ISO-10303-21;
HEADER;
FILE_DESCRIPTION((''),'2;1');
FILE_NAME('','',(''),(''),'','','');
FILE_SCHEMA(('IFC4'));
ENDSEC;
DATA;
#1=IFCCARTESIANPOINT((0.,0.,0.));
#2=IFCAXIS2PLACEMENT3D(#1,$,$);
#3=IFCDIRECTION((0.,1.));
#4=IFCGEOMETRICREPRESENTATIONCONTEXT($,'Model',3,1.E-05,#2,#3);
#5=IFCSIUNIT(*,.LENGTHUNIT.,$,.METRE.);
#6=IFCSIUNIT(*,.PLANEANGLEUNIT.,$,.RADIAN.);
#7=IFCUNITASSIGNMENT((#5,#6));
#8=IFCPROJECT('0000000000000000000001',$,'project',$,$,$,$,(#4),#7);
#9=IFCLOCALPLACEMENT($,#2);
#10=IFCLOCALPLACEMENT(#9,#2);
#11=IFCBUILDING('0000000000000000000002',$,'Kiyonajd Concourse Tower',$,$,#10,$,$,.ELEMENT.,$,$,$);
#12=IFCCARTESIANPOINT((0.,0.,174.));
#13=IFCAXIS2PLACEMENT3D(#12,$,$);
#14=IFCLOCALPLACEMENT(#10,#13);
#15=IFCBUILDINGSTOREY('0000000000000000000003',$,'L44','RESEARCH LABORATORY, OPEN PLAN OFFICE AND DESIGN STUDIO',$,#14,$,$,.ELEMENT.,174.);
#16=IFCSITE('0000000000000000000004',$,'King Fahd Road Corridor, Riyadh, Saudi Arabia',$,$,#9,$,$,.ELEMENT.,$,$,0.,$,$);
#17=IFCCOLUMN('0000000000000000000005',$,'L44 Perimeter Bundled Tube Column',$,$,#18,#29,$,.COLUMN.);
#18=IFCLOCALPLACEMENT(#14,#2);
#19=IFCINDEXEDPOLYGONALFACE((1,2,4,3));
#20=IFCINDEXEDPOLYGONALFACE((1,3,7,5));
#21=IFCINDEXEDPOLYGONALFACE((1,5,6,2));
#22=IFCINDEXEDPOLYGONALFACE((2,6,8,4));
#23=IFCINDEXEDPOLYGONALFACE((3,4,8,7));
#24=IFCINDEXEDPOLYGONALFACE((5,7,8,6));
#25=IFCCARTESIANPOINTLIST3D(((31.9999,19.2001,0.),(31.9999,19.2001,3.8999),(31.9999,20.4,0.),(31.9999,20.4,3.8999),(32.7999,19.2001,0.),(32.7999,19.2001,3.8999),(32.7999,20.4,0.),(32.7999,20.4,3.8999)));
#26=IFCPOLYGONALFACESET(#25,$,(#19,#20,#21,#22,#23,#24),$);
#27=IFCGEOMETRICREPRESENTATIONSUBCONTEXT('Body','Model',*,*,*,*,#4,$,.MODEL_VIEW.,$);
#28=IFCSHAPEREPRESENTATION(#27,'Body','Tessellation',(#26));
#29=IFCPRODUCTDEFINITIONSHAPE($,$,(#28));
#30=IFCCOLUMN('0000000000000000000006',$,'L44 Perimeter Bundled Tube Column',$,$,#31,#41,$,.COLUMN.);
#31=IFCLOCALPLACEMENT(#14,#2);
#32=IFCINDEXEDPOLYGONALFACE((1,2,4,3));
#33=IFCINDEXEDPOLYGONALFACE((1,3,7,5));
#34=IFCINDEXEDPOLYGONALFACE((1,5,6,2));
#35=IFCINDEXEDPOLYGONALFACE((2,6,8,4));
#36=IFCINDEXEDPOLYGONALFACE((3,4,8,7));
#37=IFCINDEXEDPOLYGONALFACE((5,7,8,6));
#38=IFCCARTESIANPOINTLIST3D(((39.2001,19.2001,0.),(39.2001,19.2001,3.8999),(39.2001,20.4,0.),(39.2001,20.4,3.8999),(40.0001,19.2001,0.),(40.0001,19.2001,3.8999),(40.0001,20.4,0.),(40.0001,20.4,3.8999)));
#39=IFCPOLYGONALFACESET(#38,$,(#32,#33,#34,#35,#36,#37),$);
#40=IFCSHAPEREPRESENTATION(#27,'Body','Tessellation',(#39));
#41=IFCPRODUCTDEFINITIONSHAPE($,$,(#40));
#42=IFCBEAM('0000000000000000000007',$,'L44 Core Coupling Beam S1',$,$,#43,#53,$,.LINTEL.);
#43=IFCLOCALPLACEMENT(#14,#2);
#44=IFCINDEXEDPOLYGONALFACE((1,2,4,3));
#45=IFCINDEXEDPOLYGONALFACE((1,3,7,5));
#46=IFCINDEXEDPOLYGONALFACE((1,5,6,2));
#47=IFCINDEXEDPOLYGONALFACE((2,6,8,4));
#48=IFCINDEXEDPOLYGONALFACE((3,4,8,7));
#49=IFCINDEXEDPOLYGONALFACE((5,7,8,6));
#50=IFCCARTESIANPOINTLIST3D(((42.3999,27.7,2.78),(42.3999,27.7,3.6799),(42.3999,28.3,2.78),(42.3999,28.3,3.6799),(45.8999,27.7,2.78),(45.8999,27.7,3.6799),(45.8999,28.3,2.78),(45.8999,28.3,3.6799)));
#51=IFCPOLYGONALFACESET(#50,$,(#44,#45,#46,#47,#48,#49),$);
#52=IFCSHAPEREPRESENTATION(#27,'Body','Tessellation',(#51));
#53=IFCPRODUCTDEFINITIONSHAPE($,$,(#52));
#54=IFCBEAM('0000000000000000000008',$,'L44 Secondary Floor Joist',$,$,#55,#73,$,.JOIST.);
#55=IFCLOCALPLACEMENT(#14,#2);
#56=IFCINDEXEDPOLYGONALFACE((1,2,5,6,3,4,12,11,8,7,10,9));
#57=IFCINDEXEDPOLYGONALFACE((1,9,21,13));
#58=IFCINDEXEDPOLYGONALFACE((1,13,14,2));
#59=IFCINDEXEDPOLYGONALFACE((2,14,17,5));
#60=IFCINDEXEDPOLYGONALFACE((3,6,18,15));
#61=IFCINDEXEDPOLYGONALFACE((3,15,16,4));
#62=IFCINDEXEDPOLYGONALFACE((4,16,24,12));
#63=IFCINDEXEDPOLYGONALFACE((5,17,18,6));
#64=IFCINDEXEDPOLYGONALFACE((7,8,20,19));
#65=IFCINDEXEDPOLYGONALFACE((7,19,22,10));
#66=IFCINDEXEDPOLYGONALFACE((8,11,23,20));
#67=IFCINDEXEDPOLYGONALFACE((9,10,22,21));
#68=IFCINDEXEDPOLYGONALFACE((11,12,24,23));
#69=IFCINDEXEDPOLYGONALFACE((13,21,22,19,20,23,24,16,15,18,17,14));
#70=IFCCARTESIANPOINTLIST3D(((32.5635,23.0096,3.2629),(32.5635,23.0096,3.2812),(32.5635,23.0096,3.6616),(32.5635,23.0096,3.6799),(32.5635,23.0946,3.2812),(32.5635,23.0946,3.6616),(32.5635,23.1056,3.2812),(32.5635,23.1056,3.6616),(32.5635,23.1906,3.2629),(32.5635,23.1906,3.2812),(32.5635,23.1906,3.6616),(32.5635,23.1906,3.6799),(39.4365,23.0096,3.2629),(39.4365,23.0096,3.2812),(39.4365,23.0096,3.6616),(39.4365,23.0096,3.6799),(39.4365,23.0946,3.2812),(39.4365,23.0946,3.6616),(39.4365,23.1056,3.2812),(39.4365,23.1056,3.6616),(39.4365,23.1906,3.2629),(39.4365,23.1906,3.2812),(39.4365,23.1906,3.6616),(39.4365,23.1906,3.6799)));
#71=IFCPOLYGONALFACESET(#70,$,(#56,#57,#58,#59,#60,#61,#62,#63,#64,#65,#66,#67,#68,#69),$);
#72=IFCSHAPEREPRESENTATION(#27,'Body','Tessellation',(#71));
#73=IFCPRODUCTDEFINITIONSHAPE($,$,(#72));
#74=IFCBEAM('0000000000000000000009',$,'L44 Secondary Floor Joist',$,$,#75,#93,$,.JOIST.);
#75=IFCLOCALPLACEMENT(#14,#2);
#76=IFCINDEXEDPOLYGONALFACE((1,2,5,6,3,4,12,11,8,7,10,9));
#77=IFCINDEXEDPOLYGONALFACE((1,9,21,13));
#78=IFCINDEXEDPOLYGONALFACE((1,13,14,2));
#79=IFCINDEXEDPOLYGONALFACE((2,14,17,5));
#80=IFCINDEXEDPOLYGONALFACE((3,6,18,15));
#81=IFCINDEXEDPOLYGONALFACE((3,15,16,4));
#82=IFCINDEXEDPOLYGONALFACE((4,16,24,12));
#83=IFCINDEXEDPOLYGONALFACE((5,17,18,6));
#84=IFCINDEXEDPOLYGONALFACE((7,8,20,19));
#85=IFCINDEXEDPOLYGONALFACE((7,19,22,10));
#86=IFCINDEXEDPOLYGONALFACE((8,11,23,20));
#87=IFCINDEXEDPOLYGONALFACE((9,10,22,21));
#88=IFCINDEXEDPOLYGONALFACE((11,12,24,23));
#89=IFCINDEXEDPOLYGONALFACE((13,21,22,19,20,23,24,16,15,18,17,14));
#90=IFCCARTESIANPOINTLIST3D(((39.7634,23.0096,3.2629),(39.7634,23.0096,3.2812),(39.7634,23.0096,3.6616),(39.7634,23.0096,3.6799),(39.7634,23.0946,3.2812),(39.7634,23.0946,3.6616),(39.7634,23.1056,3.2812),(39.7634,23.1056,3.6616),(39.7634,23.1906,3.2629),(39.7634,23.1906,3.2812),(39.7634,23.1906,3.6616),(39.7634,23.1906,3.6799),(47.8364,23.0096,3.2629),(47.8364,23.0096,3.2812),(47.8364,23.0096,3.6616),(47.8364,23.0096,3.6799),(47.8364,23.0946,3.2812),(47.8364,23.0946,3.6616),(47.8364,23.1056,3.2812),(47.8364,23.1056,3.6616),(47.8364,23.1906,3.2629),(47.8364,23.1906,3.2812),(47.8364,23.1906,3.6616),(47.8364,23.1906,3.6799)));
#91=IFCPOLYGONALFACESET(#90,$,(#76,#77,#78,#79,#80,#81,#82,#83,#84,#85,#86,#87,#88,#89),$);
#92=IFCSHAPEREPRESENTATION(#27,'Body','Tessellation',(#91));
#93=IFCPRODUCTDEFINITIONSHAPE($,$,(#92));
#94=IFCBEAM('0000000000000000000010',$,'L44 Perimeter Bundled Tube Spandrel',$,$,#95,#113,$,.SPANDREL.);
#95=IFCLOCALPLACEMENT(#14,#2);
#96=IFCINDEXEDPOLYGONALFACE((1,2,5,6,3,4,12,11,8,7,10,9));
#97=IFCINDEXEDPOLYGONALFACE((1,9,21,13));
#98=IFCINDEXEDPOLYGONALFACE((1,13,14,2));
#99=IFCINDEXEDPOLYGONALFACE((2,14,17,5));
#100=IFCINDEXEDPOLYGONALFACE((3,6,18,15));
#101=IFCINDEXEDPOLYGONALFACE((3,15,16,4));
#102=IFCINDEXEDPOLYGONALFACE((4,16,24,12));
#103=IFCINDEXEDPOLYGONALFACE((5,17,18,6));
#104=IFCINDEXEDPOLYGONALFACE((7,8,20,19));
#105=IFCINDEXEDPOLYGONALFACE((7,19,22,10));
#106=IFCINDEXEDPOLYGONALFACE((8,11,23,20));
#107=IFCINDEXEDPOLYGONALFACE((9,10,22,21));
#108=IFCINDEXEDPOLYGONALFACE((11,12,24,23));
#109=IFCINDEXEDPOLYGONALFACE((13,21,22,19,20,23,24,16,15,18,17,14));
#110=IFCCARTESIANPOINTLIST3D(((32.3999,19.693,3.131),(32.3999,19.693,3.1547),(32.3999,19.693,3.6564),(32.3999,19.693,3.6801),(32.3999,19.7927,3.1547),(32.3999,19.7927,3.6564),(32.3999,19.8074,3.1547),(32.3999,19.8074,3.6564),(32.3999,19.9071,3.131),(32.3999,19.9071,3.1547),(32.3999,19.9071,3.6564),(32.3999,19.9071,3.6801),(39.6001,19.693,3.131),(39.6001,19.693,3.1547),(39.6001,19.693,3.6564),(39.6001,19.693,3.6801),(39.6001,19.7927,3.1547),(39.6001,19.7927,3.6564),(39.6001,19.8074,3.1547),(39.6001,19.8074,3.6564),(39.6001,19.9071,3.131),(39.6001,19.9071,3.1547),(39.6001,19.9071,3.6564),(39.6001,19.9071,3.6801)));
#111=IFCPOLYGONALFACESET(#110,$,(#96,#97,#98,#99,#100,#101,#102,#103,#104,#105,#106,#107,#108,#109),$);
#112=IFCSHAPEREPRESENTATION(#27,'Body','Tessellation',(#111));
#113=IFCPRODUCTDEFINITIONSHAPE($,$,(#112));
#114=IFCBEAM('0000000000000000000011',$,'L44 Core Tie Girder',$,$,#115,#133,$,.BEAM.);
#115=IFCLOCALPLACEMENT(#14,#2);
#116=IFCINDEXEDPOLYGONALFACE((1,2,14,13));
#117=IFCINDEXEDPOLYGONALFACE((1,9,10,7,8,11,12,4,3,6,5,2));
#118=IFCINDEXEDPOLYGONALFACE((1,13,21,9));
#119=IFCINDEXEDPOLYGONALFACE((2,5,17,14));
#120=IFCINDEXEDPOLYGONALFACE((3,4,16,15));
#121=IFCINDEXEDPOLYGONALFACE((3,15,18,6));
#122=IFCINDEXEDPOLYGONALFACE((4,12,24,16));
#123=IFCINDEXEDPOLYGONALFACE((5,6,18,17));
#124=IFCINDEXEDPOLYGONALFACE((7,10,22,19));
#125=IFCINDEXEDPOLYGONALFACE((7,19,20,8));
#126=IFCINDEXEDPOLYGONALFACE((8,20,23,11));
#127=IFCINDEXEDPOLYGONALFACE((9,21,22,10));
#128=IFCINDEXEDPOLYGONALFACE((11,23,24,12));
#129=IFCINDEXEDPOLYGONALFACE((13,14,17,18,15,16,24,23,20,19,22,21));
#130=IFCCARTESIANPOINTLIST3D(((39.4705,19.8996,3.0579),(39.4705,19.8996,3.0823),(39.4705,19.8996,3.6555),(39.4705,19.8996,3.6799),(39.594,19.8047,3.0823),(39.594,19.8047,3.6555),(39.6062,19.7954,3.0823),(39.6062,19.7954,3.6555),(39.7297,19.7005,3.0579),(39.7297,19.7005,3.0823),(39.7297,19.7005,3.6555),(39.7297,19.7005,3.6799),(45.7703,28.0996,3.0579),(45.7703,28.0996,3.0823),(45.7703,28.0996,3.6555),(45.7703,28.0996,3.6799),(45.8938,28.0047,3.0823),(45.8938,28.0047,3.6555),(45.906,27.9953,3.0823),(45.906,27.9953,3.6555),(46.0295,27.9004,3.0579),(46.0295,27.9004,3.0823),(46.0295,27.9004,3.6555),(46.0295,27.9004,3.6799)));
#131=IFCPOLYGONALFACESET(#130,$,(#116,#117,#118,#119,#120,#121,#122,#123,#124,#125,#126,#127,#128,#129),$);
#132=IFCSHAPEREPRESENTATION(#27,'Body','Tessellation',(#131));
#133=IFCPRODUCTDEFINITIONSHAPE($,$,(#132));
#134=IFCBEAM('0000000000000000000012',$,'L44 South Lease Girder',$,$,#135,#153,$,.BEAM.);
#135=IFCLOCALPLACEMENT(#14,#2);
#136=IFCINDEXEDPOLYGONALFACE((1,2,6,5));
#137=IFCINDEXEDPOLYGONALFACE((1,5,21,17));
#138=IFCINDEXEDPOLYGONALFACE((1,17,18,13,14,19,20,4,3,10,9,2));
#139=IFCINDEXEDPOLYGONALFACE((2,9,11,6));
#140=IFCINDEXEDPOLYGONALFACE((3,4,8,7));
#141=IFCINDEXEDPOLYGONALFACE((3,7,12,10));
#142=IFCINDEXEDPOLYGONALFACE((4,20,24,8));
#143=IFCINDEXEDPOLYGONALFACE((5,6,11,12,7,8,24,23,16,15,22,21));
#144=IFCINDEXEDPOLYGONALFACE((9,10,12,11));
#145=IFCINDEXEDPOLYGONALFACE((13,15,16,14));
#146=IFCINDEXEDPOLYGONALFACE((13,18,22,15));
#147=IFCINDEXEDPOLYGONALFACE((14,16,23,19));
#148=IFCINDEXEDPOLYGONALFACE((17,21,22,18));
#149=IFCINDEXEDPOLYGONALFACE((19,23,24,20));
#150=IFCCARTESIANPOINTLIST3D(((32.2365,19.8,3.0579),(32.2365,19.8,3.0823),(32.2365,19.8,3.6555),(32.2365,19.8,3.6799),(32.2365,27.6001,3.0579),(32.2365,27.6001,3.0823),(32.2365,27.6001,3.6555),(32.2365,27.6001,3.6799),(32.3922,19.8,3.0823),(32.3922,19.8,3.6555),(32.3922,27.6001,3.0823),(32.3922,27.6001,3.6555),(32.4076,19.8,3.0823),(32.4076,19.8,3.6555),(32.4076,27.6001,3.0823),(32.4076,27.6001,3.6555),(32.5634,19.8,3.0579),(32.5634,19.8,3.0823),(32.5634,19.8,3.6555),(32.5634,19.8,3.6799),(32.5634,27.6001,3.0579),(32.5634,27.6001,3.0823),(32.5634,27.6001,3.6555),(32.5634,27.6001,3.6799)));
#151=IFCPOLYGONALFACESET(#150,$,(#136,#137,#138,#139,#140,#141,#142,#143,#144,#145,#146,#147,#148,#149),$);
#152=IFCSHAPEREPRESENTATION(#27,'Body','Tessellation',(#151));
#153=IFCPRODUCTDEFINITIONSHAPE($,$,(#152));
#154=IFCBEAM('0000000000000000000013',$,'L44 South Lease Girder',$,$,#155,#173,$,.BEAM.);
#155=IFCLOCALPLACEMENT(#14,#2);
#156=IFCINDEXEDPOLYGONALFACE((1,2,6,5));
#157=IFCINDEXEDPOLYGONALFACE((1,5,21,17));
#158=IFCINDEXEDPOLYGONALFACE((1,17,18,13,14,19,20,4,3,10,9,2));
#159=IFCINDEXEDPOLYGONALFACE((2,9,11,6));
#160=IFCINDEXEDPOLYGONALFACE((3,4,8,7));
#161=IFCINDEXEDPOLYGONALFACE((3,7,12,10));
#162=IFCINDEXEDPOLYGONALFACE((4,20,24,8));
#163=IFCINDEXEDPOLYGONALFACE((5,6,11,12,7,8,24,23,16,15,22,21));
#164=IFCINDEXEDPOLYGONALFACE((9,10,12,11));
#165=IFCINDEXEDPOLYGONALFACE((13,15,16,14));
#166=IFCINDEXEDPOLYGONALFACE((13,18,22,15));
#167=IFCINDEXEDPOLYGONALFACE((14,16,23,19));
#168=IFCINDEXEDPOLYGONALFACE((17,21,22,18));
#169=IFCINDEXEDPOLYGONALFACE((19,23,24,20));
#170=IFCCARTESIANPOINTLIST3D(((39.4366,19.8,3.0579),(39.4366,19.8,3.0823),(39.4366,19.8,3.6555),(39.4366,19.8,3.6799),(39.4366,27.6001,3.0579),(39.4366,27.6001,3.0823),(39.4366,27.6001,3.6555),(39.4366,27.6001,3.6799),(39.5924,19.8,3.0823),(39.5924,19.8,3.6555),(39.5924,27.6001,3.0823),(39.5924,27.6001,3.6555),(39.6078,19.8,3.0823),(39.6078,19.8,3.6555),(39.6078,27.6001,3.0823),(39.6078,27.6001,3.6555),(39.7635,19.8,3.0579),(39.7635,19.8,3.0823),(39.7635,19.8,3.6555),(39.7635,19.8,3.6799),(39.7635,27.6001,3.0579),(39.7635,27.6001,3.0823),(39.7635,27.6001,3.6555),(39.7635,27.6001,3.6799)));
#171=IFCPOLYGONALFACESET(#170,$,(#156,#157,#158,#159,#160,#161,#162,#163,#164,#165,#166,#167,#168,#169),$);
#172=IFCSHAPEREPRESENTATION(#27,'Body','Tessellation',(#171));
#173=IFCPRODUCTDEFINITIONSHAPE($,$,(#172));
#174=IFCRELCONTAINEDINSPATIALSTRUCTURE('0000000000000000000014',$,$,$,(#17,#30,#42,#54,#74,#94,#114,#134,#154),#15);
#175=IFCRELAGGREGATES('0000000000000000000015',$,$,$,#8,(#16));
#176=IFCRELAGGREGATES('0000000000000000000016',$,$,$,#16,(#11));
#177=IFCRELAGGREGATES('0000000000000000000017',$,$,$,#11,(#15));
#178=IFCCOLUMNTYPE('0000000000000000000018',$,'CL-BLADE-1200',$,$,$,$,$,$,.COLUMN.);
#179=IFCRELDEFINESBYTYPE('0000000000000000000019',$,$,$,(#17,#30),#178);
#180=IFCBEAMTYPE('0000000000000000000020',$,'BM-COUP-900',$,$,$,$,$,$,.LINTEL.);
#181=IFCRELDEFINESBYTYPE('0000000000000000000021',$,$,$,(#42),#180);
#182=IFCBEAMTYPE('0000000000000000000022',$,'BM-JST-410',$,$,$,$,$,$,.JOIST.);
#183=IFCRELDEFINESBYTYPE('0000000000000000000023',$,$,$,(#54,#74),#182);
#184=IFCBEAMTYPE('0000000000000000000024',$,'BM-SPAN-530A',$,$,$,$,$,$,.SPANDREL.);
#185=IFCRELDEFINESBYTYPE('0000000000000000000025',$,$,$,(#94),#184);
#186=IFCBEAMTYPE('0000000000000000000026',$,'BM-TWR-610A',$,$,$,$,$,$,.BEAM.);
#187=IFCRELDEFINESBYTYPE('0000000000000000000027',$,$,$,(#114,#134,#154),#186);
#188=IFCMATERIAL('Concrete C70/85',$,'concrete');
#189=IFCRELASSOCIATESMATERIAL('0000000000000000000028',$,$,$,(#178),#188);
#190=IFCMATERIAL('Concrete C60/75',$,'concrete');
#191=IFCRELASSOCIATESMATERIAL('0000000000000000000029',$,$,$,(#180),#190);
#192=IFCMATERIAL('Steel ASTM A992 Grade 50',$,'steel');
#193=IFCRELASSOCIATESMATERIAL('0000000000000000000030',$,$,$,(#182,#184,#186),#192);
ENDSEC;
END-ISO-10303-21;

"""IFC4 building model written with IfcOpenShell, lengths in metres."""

from ifc_helpers import new_model, si_unit, direction, frame, origin, origin_2d, place, context, subcontext, project, spatial, rectangle, i_section, extrude, material, material_profile, profile_set, type_object, element, save


model = new_model("IFC4")

# Units and contexts
model_context = context("Model", 3, precision=1e-05, world=origin(), true_north=direction((0.0, 1.0)))
body_context = subcontext(model_context, "Body", "Model", "MODEL_VIEW")
ifc_project = project(units=[si_unit("LENGTHUNIT", "METRE"), si_unit("PLANEANGLEUNIT", "RADIAN")], contexts=[model_context])

# Site, building, storey
site_placement = place(None, origin())
site = spatial("IfcSite", under=ifc_project, at=site_placement, Name="King Fahd Road Corridor, Riyadh, Saudi Arabia", CompositionType="ELEMENT", RefElevation=0.0)
building_placement = place(site_placement, origin())
building = spatial("IfcBuilding", under=site, at=building_placement, Name="Kiyonajd Concourse Tower", CompositionType="ELEMENT")
storey_placement = place(building_placement, frame((0.0, 0.0, 174.0)))
storey = spatial("IfcBuildingStorey", under=building, at=storey_placement, Name="L44", Description="RESEARCH LABORATORY, OPEN PLAN OFFICE AND DESIGN STUDIO", CompositionType="ELEMENT", Elevation=174.0)

# Columns
ifc_material_1 = material(Name="Concrete C70/85", Category="concrete")
ifc_material_profile_1 = material_profile(ifc_material_1, rectangle(XDim=0.8, YDim=1.2, at=origin_2d()), Name="RC-1200x800")
ifc_profile_set_1 = profile_set([ifc_material_profile_1], Name="Concrete C70/85")
column_type = type_object("IfcColumnType", Name="CL-BLADE-1200", PredefinedType="COLUMN", material=ifc_profile_set_1)
for number, where, z_axis, x_axis, name in (
    (1, (32.3999, 19.8, 0.0), (0.0, 0.0, 1.0), (1.0, 0.0, 0.0), "L44 Perimeter Bundled Tube Column"),
    (2, (39.6001, 19.8, 0.0), (0.0, 0.0, 1.0), (1.0, 0.0, 0.0), "L44 Perimeter Bundled Tube Column"),
):
    element("IfcColumn", number, at=place(storey_placement, frame(where, z_axis=z_axis, x_axis=x_axis)), inside=storey, type_object=column_type, Name=name, PredefinedType="COLUMN", context=body_context, shape_type="SweptSolid", body=[
        extrude(rectangle(XDim=0.8, YDim=1.2, at=origin_2d()), origin(), (0.0, 0.0, 1.0), 3.8999),
    ])

# Beams
ifc_material_2 = material(Name="Concrete C60/75", Category="concrete")
ifc_material_profile_2 = material_profile(ifc_material_2, rectangle(XDim=0.6001, YDim=0.8999, at=origin_2d()), Name="RCBM-600x900")
ifc_profile_set_2 = profile_set([ifc_material_profile_2], Name="Concrete C60/75")
beam_type_1 = type_object("IfcBeamType", Name="BM-COUP-900", PredefinedType="LINTEL", material=ifc_profile_set_2)
beam_1_placement = place(storey_placement, frame((42.3999, 28.0, 3.23), z_axis=(1.0, 0.0, 0.0), x_axis=(0.0, 1.0, 0.0)))
element("IfcBeam", 3, at=beam_1_placement, inside=storey, type_object=beam_type_1, Name="L44 Core Coupling Beam S1", PredefinedType="LINTEL", context=body_context, shape_type="SweptSolid", body=[
    extrude(rectangle(XDim=0.6001, YDim=0.8999, at=origin_2d()), origin(), (0.0, 0.0, 1.0), 3.5),
])
ifc_material_3 = material(Name="Steel ASTM A992 Grade 50", Category="steel")
ifc_material_profile_3 = material_profile(ifc_material_3, i_section(OverallWidth=0.1809, OverallDepth=0.417, WebThickness=0.011, FlangeThickness=0.0183, at=origin_2d()), Name="W410X85")
ifc_profile_set_3 = profile_set([ifc_material_profile_3], Name="Steel ASTM A992 Grade 50")
beam_type_2 = type_object("IfcBeamType", Name="BM-JST-410", PredefinedType="JOIST", material=ifc_profile_set_3)
beam_2_placement = place(storey_placement, frame((32.5635, 23.1001, 3.4714), z_axis=(1.0, 0.0, 0.0), x_axis=(0.0, 1.0, 0.0)))
element("IfcBeam", 4, at=beam_2_placement, inside=storey, type_object=beam_type_2, Name="L44 Secondary Floor Joist", PredefinedType="JOIST", context=body_context, shape_type="SweptSolid", body=[
    extrude(i_section(OverallWidth=0.1809, OverallDepth=0.417, WebThickness=0.011, FlangeThickness=0.0183, at=origin_2d()), origin(), (0.0, 0.0, 1.0), 6.873),
])
beam_3_placement = place(storey_placement, frame((39.7634, 23.1001, 3.4714), z_axis=(1.0, 0.0, 0.0), x_axis=(0.0, 1.0, 0.0)))
element("IfcBeam", 5, at=beam_3_placement, inside=storey, type_object=beam_type_2, Name="L44 Secondary Floor Joist", PredefinedType="JOIST", context=body_context, shape_type="SweptSolid", body=[
    extrude(i_section(OverallWidth=0.1809, OverallDepth=0.417, WebThickness=0.011, FlangeThickness=0.0183, at=origin_2d()), origin(), (0.0, 0.0, 1.0), 8.073),
])
ifc_material_profile_4 = material_profile(ifc_material_3, i_section(OverallWidth=0.2141, OverallDepth=0.5491, WebThickness=0.0146, FlangeThickness=0.0237, at=origin_2d()), Name="W530X138")
ifc_profile_set_4 = profile_set([ifc_material_profile_4], Name="Steel ASTM A992 Grade 50")
beam_type_3 = type_object("IfcBeamType", Name="BM-SPAN-530A", PredefinedType="SPANDREL", material=ifc_profile_set_4)
beam_4_placement = place(storey_placement, frame((32.3999, 19.8, 3.4055), z_axis=(1.0, 0.0, 0.0), x_axis=(0.0, 1.0, 0.0)))
element("IfcBeam", 6, at=beam_4_placement, inside=storey, type_object=beam_type_3, Name="L44 Perimeter Bundled Tube Spandrel", PredefinedType="SPANDREL", context=body_context, shape_type="SweptSolid", body=[
    extrude(i_section(OverallWidth=0.2141, OverallDepth=0.5491, WebThickness=0.0146, FlangeThickness=0.0237, at=origin_2d()), origin(), (0.0, 0.0, 1.0), 7.2002),
])
ifc_material_profile_5 = material_profile(ifc_material_3, i_section(OverallWidth=0.3269, OverallDepth=0.6221, WebThickness=0.0154, FlangeThickness=0.0244, at=origin_2d()), Name="W610X195")
ifc_profile_set_5 = profile_set([ifc_material_profile_5], Name="Steel ASTM A992 Grade 50")
beam_type_4 = type_object("IfcBeamType", Name="BM-TWR-610A", PredefinedType="BEAM", material=ifc_profile_set_5)
beam_5_placement = place(storey_placement, frame((39.6001, 19.8, 3.3689), z_axis=(0.609234, 0.792991, 0.0), x_axis=(-0.792991, 0.609234, 0.0)))
element("IfcBeam", 7, at=beam_5_placement, inside=storey, type_object=beam_type_4, Name="L44 Core Tie Girder", PredefinedType="BEAM", context=body_context, shape_type="SweptSolid", body=[
    extrude(i_section(OverallWidth=0.3269, OverallDepth=0.6221, WebThickness=0.0154, FlangeThickness=0.0244, at=origin_2d()), origin(), (0.0, 0.0, 1.0), 10.3406),
])
for number, where, z_axis, x_axis, name in (
    (8, (32.3999, 19.8, 3.3689), (0.0, 1.0, 0.0), (-1.0, 0.0, 0.0), "L44 South Lease Girder"),
    (9, (39.6001, 19.8, 3.3689), (0.0, 1.0, 0.0), (-1.0, 0.0, 0.0), "L44 South Lease Girder"),
):
    element("IfcBeam", number, at=place(storey_placement, frame(where, z_axis=z_axis, x_axis=x_axis)), inside=storey, type_object=beam_type_4, Name=name, PredefinedType="BEAM", context=body_context, shape_type="SweptSolid", body=[
        extrude(i_section(OverallWidth=0.3269, OverallDepth=0.6221, WebThickness=0.0154, FlangeThickness=0.0244, at=origin_2d()), origin(), (0.0, 0.0, 1.0), 7.8),
    ])

save(model, "model.ifc")
